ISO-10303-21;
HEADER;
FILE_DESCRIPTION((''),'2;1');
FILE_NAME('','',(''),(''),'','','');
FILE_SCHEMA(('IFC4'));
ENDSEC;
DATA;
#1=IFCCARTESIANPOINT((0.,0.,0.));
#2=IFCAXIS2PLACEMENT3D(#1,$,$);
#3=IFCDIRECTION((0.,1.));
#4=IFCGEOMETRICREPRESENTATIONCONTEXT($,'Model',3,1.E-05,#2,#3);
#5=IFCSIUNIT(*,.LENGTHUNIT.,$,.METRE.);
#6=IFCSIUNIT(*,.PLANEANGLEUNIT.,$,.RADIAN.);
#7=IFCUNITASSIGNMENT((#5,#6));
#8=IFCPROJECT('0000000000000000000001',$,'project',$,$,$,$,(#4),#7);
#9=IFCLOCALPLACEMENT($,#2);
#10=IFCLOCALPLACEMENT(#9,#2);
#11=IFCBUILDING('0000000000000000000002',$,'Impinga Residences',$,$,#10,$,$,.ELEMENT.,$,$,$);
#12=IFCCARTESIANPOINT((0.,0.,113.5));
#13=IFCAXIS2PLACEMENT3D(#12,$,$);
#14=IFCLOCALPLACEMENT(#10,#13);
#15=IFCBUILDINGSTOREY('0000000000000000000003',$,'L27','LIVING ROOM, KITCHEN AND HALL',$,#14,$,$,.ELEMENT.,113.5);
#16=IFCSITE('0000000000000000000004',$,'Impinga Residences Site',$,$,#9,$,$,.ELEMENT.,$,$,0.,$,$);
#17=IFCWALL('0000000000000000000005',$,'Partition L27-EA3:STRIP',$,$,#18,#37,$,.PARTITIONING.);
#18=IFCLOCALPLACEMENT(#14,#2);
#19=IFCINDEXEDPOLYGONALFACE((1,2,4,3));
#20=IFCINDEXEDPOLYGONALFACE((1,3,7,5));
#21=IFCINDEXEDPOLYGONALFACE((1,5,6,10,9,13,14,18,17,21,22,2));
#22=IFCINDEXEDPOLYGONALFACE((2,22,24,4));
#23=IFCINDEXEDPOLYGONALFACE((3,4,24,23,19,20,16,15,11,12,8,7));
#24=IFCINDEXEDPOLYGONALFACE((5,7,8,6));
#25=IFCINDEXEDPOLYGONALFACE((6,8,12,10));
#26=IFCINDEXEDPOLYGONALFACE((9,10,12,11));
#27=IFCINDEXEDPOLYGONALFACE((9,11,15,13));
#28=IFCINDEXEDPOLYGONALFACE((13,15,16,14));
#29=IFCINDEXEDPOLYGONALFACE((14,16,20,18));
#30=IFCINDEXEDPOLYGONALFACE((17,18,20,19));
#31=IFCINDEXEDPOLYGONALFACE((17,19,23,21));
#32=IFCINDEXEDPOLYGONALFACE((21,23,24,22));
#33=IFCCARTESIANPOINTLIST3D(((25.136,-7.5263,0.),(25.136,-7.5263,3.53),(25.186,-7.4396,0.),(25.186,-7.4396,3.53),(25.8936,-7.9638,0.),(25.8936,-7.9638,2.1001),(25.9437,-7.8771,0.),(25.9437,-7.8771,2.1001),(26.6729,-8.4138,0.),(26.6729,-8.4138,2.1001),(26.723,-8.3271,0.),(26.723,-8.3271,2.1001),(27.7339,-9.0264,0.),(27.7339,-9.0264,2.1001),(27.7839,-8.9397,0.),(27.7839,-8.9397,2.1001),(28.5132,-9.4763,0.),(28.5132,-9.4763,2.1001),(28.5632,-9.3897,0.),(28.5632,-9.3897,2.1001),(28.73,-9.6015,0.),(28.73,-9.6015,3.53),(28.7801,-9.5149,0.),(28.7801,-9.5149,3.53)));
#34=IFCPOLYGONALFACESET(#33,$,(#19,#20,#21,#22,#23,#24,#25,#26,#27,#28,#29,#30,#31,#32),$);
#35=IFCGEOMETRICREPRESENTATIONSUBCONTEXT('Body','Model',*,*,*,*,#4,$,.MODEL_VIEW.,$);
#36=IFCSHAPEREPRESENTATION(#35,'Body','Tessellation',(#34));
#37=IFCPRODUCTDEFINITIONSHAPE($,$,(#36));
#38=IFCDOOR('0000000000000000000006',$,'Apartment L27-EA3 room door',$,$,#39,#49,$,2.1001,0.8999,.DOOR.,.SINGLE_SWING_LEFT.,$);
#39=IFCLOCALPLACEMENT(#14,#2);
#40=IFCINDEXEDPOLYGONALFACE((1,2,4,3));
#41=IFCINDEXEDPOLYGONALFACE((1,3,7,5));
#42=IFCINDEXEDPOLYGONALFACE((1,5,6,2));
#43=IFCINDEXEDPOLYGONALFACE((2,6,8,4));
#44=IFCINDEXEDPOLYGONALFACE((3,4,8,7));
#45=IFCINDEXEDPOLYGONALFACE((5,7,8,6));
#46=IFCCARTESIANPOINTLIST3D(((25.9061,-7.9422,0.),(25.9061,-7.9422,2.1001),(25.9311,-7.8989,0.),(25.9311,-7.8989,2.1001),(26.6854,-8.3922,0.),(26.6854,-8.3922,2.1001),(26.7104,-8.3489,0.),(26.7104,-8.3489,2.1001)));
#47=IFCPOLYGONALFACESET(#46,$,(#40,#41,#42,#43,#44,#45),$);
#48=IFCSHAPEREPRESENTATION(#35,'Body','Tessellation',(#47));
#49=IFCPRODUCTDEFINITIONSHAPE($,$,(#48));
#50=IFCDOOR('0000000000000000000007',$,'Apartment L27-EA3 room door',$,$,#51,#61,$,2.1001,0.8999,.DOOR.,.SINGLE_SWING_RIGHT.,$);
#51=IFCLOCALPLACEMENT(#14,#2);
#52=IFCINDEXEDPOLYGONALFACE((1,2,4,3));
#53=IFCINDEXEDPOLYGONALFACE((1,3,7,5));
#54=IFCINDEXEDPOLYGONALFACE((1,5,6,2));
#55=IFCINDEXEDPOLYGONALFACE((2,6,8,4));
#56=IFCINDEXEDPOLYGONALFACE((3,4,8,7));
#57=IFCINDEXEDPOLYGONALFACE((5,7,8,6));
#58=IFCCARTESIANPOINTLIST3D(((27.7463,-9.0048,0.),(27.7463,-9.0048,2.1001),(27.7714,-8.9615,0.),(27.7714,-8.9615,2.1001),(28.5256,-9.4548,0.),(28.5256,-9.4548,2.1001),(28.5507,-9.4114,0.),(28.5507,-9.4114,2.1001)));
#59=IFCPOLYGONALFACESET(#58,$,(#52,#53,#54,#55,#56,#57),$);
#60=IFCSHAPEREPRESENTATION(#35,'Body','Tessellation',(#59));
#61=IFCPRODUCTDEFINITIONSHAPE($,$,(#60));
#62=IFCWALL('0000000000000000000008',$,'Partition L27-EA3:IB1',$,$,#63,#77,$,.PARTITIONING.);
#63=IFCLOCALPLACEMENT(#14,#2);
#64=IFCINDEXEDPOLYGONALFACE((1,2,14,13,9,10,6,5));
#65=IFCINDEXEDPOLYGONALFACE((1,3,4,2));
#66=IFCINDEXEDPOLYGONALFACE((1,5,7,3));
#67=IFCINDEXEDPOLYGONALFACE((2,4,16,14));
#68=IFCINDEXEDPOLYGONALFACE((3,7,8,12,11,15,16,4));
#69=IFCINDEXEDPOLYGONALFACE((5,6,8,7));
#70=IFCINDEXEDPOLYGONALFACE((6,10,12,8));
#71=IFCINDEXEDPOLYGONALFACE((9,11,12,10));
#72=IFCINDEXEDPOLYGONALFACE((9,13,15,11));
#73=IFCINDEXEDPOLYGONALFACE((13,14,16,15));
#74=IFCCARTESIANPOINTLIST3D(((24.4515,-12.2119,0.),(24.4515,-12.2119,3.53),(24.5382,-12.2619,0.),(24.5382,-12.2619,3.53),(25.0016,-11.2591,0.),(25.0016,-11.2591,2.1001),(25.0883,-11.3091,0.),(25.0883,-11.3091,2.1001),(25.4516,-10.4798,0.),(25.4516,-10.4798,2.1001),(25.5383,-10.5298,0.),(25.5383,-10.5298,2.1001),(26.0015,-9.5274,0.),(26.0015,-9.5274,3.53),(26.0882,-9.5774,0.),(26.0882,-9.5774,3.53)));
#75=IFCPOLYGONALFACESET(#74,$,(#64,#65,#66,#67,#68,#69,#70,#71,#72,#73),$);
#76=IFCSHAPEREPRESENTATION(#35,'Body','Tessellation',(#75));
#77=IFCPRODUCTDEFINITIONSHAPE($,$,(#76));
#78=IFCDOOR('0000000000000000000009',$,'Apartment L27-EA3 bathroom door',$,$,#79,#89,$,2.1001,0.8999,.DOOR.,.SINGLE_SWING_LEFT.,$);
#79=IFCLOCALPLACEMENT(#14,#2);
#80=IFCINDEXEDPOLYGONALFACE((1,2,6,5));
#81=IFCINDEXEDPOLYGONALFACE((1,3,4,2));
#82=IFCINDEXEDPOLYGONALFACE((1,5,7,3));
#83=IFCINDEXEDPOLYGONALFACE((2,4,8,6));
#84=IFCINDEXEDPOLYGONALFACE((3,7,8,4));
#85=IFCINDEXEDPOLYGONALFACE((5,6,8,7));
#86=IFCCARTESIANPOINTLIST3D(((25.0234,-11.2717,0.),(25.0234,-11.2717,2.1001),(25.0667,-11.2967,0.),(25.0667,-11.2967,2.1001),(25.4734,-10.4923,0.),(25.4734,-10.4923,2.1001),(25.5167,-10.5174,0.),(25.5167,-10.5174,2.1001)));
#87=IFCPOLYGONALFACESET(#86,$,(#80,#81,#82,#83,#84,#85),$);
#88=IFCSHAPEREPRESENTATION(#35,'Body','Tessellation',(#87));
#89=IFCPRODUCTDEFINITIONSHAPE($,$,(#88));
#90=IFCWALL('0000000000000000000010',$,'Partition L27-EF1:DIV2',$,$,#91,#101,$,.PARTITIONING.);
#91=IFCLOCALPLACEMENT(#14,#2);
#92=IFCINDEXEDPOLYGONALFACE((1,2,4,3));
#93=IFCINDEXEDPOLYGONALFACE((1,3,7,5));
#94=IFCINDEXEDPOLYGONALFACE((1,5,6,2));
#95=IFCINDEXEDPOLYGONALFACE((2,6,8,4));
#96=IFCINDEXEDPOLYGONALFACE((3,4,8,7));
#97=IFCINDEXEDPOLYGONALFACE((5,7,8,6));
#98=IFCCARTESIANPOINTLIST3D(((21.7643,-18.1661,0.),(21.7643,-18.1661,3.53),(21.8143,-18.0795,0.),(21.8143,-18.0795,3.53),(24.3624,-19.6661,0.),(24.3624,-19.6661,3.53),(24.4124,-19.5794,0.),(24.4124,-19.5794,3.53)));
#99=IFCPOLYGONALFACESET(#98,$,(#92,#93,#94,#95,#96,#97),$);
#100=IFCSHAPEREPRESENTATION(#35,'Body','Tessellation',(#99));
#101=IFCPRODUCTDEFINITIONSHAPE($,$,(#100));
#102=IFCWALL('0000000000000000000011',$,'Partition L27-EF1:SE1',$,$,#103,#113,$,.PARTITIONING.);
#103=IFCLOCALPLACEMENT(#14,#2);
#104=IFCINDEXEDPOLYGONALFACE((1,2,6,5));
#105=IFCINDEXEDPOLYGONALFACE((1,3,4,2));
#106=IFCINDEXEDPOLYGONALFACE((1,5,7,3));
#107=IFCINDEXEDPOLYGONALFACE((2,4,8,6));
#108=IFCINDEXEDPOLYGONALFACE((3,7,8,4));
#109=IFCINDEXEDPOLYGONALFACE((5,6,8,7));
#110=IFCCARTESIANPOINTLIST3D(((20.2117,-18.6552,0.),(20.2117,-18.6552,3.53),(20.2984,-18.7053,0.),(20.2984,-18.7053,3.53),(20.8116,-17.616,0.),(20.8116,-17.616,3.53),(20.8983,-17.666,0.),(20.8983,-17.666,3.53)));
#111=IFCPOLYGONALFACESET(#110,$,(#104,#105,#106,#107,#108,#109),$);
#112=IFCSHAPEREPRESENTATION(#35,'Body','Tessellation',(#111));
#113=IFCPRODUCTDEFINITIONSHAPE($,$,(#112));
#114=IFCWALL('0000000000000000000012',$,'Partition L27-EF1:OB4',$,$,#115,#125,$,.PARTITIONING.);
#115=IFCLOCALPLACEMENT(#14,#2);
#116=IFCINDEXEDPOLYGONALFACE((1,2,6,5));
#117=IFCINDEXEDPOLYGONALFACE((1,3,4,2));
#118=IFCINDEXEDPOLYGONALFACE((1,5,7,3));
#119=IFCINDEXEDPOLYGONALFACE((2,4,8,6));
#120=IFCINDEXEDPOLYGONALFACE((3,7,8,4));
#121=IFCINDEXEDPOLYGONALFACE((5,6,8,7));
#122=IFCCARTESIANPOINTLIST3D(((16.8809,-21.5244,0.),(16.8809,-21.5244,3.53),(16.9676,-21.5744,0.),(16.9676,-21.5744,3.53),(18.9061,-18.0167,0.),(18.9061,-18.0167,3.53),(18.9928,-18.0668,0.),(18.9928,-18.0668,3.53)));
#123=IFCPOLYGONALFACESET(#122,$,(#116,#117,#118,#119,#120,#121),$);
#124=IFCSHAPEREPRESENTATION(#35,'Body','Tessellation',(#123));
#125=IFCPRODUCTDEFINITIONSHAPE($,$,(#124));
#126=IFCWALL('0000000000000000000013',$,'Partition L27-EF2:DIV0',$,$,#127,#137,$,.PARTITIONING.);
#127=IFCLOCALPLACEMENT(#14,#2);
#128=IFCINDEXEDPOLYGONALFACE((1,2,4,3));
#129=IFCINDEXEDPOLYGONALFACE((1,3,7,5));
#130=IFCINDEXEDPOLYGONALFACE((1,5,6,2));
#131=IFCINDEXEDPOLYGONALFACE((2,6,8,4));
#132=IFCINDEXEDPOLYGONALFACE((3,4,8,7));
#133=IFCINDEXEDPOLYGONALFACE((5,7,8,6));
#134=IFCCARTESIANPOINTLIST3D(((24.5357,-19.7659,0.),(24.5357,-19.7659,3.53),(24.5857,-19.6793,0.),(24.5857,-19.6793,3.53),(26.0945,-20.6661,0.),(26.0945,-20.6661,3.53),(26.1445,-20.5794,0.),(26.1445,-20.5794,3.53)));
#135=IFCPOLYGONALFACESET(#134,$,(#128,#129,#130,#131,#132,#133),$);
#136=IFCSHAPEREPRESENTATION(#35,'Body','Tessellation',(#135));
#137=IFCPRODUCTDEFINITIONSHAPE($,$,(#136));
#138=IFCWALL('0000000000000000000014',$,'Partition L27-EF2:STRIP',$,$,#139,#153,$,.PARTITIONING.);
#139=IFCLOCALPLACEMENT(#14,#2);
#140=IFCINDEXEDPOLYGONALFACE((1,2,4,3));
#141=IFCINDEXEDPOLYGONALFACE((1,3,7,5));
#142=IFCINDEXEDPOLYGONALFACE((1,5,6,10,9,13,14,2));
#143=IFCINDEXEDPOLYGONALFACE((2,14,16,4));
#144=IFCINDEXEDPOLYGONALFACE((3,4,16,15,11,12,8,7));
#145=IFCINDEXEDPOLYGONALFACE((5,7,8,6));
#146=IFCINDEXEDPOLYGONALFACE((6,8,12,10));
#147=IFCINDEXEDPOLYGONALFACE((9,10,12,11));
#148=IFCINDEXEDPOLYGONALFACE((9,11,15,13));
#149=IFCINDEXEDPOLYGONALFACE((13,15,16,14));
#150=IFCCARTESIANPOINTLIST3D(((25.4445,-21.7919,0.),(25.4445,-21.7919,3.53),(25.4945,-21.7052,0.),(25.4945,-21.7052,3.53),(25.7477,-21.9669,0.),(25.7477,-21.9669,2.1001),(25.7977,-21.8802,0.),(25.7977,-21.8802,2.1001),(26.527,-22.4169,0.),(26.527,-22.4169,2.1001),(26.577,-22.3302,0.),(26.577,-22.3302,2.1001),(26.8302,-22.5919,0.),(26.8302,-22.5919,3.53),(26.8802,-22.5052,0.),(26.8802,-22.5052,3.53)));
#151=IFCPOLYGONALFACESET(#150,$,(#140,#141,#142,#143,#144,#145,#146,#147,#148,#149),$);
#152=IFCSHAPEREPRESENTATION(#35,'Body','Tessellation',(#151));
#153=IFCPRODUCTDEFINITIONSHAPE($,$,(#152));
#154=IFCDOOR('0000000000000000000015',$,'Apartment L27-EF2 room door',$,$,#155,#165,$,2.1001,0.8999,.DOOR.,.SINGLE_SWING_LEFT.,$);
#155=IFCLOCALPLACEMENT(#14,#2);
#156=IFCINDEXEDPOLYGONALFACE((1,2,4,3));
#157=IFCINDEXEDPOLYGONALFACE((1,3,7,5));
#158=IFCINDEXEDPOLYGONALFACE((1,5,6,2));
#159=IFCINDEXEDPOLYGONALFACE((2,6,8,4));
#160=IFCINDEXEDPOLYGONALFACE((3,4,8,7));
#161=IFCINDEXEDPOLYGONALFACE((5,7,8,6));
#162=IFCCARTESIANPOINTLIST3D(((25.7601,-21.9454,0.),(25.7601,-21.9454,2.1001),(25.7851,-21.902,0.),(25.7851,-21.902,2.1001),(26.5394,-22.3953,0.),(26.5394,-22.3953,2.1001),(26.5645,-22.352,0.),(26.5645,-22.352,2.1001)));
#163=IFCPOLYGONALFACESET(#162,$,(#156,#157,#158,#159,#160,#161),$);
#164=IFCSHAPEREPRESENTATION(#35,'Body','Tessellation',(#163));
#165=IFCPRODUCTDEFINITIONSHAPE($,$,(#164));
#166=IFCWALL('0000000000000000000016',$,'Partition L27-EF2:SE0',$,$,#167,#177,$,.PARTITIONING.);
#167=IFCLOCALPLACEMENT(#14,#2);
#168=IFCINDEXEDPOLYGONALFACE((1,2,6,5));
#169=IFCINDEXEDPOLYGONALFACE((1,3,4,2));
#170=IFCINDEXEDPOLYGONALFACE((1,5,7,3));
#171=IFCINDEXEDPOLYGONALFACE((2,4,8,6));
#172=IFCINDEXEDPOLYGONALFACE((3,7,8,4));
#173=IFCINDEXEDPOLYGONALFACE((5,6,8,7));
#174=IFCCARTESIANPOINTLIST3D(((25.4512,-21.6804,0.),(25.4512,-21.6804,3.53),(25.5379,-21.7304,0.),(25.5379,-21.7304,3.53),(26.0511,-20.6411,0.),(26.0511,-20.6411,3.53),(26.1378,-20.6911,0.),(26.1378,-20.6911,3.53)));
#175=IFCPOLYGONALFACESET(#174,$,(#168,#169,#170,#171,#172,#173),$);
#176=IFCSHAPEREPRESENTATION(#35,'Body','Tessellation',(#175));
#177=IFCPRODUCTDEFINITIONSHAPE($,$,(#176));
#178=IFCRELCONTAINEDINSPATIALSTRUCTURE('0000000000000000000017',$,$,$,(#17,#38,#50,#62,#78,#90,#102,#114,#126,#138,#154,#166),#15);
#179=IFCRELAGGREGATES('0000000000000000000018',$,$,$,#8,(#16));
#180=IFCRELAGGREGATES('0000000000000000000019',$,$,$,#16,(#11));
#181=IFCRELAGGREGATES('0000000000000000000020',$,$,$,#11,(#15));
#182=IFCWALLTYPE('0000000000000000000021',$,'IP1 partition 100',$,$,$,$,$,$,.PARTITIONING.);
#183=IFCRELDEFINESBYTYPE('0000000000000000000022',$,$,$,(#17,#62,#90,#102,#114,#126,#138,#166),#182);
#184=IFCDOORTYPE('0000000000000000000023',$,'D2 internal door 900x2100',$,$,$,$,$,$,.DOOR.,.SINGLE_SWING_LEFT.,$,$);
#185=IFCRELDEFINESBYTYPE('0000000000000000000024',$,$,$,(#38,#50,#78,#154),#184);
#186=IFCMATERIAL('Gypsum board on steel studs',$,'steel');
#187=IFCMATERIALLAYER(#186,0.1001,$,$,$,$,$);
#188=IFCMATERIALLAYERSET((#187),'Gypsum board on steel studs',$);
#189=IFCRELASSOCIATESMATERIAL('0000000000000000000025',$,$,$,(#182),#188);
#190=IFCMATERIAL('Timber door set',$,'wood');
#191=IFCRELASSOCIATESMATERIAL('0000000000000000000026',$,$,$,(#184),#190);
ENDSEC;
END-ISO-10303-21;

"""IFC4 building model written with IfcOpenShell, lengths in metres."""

from ifc_helpers import new_model, si_unit, direction, frame, frame_2d, origin, place, context, subcontext, project, spatial, rectangle, extrude, material, layer, layer_set, type_object, element, fill, save


model = new_model("IFC4")

# Units and contexts
model_context = context("Model", 3, precision=1e-05, world=origin(), true_north=direction((0.0, 1.0)))
body_context = subcontext(model_context, "Body", "Model", "MODEL_VIEW")
ifc_project = project(units=[si_unit("LENGTHUNIT", "METRE"), si_unit("PLANEANGLEUNIT", "RADIAN")], contexts=[model_context])

# Site, building, storey
site_placement = place(None, origin())
site = spatial("IfcSite", under=ifc_project, at=site_placement, Name="Impinga Residences Site", CompositionType="ELEMENT", RefElevation=0.0)
building_placement = place(site_placement, origin())
building = spatial("IfcBuilding", under=site, at=building_placement, Name="Impinga Residences", CompositionType="ELEMENT")
storey_placement = place(building_placement, frame((0.0, 0.0, 113.5)))
storey = spatial("IfcBuildingStorey", under=building, at=storey_placement, Name="L27", Description="LIVING ROOM, KITCHEN AND HALL", CompositionType="ELEMENT", Elevation=113.5)

# Shared definitions
ifc_material_1 = material(Name="Gypsum board on steel studs", Category="steel")
ifc_layer_1 = layer(ifc_material_1, 0.1001)
ifc_layer_set_1 = layer_set([ifc_layer_1], Name="Gypsum board on steel studs")
wall_type_1 = type_object("IfcWallType", Name="IP1 partition 100", PredefinedType="PARTITIONING", material=ifc_layer_set_1)

# Shared definitions
ifc_material_2 = material(Name="Timber door set", Category="wood")
door_type = type_object("IfcDoorType", Name="D2 internal door 900x2100", OperationType="SINGLE_SWING_LEFT", PredefinedType="DOOR", material=ifc_material_2)

# Wall, openings, doors
wall_1_placement = place(storey_placement, frame((25.1609, -7.4829, 0.0), z_axis=(0.0, 0.0, 1.0), x_axis=(0.866004, -0.500036, 0.0)))
wall_1 = element("IfcWall", 1, at=wall_1_placement, inside=storey, type_object=wall_type_1, Name="Partition L27-EA3:STRIP", PredefinedType="PARTITIONING", context=body_context, shape_type="SweptSolid", body=[
    extrude(rectangle(XDim=4.1501, YDim=0.1001, at=frame_2d((2.0752, 0.0))), origin(), (0.0, 0.0, 1.0), 3.53),
])
opening_1_placement = place(wall_1_placement, frame((0.875, 0.0, 0.0)))
opening_1 = element("IfcOpeningElement", 2, at=opening_1_placement, cuts=wall_1, PredefinedType="OPENING", context=body_context, shape_type="SweptSolid", body=[
    extrude(rectangle(XDim=0.8999, YDim=2.1001, at=frame_2d((0.45, 1.05))), frame((0.0, 0.0601, 0.0), z_axis=(0.0, -1.0, 0.0), x_axis=(1.0, 0.0, 0.0)), (0.0, 0.0, 1.0), 0.1201),
])
opening_2_placement = place(wall_1_placement, frame((3.0, 0.0, 0.0)))
opening_2 = element("IfcOpeningElement", 3, at=opening_2_placement, cuts=wall_1, PredefinedType="OPENING", context=body_context, shape_type="SweptSolid", body=[
    extrude(rectangle(XDim=0.8999, YDim=2.1001, at=frame_2d((0.45, 1.05))), frame((0.0, 0.0601, 0.0), z_axis=(0.0, -1.0, 0.0), x_axis=(1.0, 0.0, 0.0)), (0.0, 0.0, 1.0), 0.1201),
])
door_1_placement = place(opening_1_placement, origin())
door_1 = element("IfcDoor", 4, at=door_1_placement, inside=storey, type_object=door_type, Name="Apartment L27-EA3 room door", OperationType="SINGLE_SWING_LEFT", OverallHeight=2.1001, OverallWidth=0.8999, PredefinedType="DOOR", context=body_context, shape_type="SweptSolid", body=[
    extrude(rectangle(XDim=0.8999, YDim=2.1001, at=frame_2d((0.45, 1.05))), frame((0.0, 0.0249, 0.0), z_axis=(0.0, -1.0, 0.0), x_axis=(1.0, 0.0, 0.0)), (0.0, 0.0, 1.0), 0.05),
])
fill(opening_1, door_1)
door_2_placement = place(opening_2_placement, origin())
door_2 = element("IfcDoor", 5, at=door_2_placement, inside=storey, type_object=door_type, Name="Apartment L27-EA3 room door", OperationType="SINGLE_SWING_RIGHT", OverallHeight=2.1001, OverallWidth=0.8999, PredefinedType="DOOR", context=body_context, shape_type="SweptSolid", body=[
    extrude(rectangle(XDim=0.8999, YDim=2.1001, at=frame_2d((0.45, 1.05))), frame((0.0, 0.0249, 0.0), z_axis=(0.0, -1.0, 0.0), x_axis=(1.0, 0.0, 0.0)), (0.0, 0.0, 1.0), 0.05),
])
fill(opening_2, door_2)

# Wall, opening, door
wall_2_placement = place(storey_placement, frame((24.4949, -12.2368, 0.0), z_axis=(0.0, 0.0, 1.0), x_axis=(0.500027, 0.86601, 0.0)))
wall_2 = element("IfcWall", 6, at=wall_2_placement, inside=storey, type_object=wall_type_1, Name="Partition L27-EA3:IB1", PredefinedType="PARTITIONING", context=body_context, shape_type="SweptSolid", body=[
    extrude(rectangle(XDim=3.0999, YDim=0.1001, at=frame_2d((1.5498, 0.0))), origin(), (0.0, 0.0, 1.0), 3.53),
])
opening_3_placement = place(wall_2_placement, frame((1.1001, 0.0, 0.0)))
opening_3 = element("IfcOpeningElement", 7, at=opening_3_placement, cuts=wall_2, PredefinedType="OPENING", context=body_context, shape_type="SweptSolid", body=[
    extrude(rectangle(XDim=0.8999, YDim=2.1001, at=frame_2d((0.45, 1.05))), frame((0.0, 0.0601, 0.0), z_axis=(0.0, -1.0, 0.0), x_axis=(1.0, 0.0, 0.0)), (0.0, 0.0, 1.0), 0.1201),
])
door_3_placement = place(opening_3_placement, origin())
door_3 = element("IfcDoor", 8, at=door_3_placement, inside=storey, type_object=door_type, Name="Apartment L27-EA3 bathroom door", OperationType="SINGLE_SWING_LEFT", OverallHeight=2.1001, OverallWidth=0.8999, PredefinedType="DOOR", context=body_context, shape_type="SweptSolid", body=[
    extrude(rectangle(XDim=0.8999, YDim=2.1001, at=frame_2d((0.45, 1.05))), frame((0.0, 0.0249, 0.0), z_axis=(0.0, -1.0, 0.0), x_axis=(1.0, 0.0, 0.0)), (0.0, 0.0, 1.0), 0.05),
])
fill(opening_3, door_3)

# Walls
wall_3_placement = place(storey_placement, frame((21.7893, -18.1228, 0.0), z_axis=(0.0, 0.0, 1.0), x_axis=(0.866031, -0.49999, 0.0)))
element("IfcWall", 9, at=wall_3_placement, inside=storey, type_object=wall_type_1, Name="Partition L27-EF1:DIV2", PredefinedType="PARTITIONING", context=body_context, shape_type="SweptSolid", body=[
    extrude(rectangle(XDim=3.0, YDim=0.1001, at=frame_2d((1.5, 0.0))), origin(), (0.0, 0.0, 1.0), 3.53),
])
wall_4_placement = place(storey_placement, frame((20.855, -17.6409, 0.0), z_axis=(0.0, 0.0, 1.0), x_axis=(-0.499881, -0.866094, 0.0)))
element("IfcWall", 10, at=wall_4_placement, inside=storey, type_object=wall_type_1, Name="Partition L27-EF1:SE1", PredefinedType="PARTITIONING", context=body_context, shape_type="SweptSolid", body=[
    extrude(rectangle(XDim=1.2, YDim=0.1001, at=frame_2d((0.6001, 0.0))), origin(), (0.0, 0.0, 1.0), 3.53),
])
wall_5_placement = place(storey_placement, frame((18.9495, -18.0417, 0.0), z_axis=(0.0, 0.0, 1.0), x_axis=(-0.500009, -0.86602, 0.0)))
element("IfcWall", 11, at=wall_5_placement, inside=storey, type_object=wall_type_1, Name="Partition L27-EF1:OB4", PredefinedType="PARTITIONING", context=body_context, shape_type="SweptSolid", body=[
    extrude(rectangle(XDim=4.0503, YDim=0.1001, at=frame_2d((2.0251, 0.0))), origin(), (0.0, 0.0, 1.0), 3.53),
])
wall_6_placement = place(storey_placement, frame((24.5608, -19.7227, 0.0), z_axis=(0.0, 0.0, 1.0), x_axis=(0.865989, -0.500063, 0.0)))
element("IfcWall", 12, at=wall_6_placement, inside=storey, type_object=wall_type_1, Name="Partition L27-EF2:DIV0", PredefinedType="PARTITIONING", context=body_context, shape_type="SweptSolid", body=[
    extrude(rectangle(XDim=1.8, YDim=0.1001, at=frame_2d((0.8999, 0.0))), origin(), (0.0, 0.0, 1.0), 3.53),
])

# Wall, opening, door
wall_7_placement = place(storey_placement, frame((25.4695, -21.7485, 0.0), z_axis=(0.0, 0.0, 1.0), x_axis=(0.866028, -0.499995, 0.0)))
wall_7 = element("IfcWall", 13, at=wall_7_placement, inside=storey, type_object=wall_type_1, Name="Partition L27-EF2:STRIP", PredefinedType="PARTITIONING", context=body_context, shape_type="SweptSolid", body=[
    extrude(rectangle(XDim=1.6001, YDim=0.1001, at=frame_2d((0.8, 0.0))), origin(), (0.0, 0.0, 1.0), 3.53),
])
opening_4_placement = place(wall_7_placement, frame((0.3501, 0.0, 0.0)))
opening_4 = element("IfcOpeningElement", 14, at=opening_4_placement, cuts=wall_7, PredefinedType="OPENING", context=body_context, shape_type="SweptSolid", body=[
    extrude(rectangle(XDim=0.8999, YDim=2.1001, at=frame_2d((0.45, 1.05))), frame((0.0, 0.0601, 0.0), z_axis=(0.0, -1.0, 0.0), x_axis=(1.0, 0.0, 0.0)), (0.0, 0.0, 1.0), 0.1201),
])
door_4_placement = place(opening_4_placement, origin())
door_4 = element("IfcDoor", 15, at=door_4_placement, inside=storey, type_object=door_type, Name="Apartment L27-EF2 room door", OperationType="SINGLE_SWING_LEFT", OverallHeight=2.1001, OverallWidth=0.8999, PredefinedType="DOOR", context=body_context, shape_type="SweptSolid", body=[
    extrude(rectangle(XDim=0.8999, YDim=2.1001, at=frame_2d((0.45, 1.05))), frame((0.0, 0.0249, 0.0), z_axis=(0.0, -1.0, 0.0), x_axis=(1.0, 0.0, 0.0)), (0.0, 0.0, 1.0), 0.05),
])
fill(opening_4, door_4)

# Wall
wall_8_placement = place(storey_placement, frame((26.0945, -20.666, 0.0), z_axis=(0.0, 0.0, 1.0), x_axis=(-0.499881, -0.866094, 0.0)))
element("IfcWall", 16, at=wall_8_placement, inside=storey, type_object=wall_type_1, Name="Partition L27-EF2:SE0", PredefinedType="PARTITIONING", context=body_context, shape_type="SweptSolid", body=[
    extrude(rectangle(XDim=1.2, YDim=0.1001, at=frame_2d((0.6001, 0.0))), origin(), (0.0, 0.0, 1.0), 3.53),
])

save(model, "model.ifc")
